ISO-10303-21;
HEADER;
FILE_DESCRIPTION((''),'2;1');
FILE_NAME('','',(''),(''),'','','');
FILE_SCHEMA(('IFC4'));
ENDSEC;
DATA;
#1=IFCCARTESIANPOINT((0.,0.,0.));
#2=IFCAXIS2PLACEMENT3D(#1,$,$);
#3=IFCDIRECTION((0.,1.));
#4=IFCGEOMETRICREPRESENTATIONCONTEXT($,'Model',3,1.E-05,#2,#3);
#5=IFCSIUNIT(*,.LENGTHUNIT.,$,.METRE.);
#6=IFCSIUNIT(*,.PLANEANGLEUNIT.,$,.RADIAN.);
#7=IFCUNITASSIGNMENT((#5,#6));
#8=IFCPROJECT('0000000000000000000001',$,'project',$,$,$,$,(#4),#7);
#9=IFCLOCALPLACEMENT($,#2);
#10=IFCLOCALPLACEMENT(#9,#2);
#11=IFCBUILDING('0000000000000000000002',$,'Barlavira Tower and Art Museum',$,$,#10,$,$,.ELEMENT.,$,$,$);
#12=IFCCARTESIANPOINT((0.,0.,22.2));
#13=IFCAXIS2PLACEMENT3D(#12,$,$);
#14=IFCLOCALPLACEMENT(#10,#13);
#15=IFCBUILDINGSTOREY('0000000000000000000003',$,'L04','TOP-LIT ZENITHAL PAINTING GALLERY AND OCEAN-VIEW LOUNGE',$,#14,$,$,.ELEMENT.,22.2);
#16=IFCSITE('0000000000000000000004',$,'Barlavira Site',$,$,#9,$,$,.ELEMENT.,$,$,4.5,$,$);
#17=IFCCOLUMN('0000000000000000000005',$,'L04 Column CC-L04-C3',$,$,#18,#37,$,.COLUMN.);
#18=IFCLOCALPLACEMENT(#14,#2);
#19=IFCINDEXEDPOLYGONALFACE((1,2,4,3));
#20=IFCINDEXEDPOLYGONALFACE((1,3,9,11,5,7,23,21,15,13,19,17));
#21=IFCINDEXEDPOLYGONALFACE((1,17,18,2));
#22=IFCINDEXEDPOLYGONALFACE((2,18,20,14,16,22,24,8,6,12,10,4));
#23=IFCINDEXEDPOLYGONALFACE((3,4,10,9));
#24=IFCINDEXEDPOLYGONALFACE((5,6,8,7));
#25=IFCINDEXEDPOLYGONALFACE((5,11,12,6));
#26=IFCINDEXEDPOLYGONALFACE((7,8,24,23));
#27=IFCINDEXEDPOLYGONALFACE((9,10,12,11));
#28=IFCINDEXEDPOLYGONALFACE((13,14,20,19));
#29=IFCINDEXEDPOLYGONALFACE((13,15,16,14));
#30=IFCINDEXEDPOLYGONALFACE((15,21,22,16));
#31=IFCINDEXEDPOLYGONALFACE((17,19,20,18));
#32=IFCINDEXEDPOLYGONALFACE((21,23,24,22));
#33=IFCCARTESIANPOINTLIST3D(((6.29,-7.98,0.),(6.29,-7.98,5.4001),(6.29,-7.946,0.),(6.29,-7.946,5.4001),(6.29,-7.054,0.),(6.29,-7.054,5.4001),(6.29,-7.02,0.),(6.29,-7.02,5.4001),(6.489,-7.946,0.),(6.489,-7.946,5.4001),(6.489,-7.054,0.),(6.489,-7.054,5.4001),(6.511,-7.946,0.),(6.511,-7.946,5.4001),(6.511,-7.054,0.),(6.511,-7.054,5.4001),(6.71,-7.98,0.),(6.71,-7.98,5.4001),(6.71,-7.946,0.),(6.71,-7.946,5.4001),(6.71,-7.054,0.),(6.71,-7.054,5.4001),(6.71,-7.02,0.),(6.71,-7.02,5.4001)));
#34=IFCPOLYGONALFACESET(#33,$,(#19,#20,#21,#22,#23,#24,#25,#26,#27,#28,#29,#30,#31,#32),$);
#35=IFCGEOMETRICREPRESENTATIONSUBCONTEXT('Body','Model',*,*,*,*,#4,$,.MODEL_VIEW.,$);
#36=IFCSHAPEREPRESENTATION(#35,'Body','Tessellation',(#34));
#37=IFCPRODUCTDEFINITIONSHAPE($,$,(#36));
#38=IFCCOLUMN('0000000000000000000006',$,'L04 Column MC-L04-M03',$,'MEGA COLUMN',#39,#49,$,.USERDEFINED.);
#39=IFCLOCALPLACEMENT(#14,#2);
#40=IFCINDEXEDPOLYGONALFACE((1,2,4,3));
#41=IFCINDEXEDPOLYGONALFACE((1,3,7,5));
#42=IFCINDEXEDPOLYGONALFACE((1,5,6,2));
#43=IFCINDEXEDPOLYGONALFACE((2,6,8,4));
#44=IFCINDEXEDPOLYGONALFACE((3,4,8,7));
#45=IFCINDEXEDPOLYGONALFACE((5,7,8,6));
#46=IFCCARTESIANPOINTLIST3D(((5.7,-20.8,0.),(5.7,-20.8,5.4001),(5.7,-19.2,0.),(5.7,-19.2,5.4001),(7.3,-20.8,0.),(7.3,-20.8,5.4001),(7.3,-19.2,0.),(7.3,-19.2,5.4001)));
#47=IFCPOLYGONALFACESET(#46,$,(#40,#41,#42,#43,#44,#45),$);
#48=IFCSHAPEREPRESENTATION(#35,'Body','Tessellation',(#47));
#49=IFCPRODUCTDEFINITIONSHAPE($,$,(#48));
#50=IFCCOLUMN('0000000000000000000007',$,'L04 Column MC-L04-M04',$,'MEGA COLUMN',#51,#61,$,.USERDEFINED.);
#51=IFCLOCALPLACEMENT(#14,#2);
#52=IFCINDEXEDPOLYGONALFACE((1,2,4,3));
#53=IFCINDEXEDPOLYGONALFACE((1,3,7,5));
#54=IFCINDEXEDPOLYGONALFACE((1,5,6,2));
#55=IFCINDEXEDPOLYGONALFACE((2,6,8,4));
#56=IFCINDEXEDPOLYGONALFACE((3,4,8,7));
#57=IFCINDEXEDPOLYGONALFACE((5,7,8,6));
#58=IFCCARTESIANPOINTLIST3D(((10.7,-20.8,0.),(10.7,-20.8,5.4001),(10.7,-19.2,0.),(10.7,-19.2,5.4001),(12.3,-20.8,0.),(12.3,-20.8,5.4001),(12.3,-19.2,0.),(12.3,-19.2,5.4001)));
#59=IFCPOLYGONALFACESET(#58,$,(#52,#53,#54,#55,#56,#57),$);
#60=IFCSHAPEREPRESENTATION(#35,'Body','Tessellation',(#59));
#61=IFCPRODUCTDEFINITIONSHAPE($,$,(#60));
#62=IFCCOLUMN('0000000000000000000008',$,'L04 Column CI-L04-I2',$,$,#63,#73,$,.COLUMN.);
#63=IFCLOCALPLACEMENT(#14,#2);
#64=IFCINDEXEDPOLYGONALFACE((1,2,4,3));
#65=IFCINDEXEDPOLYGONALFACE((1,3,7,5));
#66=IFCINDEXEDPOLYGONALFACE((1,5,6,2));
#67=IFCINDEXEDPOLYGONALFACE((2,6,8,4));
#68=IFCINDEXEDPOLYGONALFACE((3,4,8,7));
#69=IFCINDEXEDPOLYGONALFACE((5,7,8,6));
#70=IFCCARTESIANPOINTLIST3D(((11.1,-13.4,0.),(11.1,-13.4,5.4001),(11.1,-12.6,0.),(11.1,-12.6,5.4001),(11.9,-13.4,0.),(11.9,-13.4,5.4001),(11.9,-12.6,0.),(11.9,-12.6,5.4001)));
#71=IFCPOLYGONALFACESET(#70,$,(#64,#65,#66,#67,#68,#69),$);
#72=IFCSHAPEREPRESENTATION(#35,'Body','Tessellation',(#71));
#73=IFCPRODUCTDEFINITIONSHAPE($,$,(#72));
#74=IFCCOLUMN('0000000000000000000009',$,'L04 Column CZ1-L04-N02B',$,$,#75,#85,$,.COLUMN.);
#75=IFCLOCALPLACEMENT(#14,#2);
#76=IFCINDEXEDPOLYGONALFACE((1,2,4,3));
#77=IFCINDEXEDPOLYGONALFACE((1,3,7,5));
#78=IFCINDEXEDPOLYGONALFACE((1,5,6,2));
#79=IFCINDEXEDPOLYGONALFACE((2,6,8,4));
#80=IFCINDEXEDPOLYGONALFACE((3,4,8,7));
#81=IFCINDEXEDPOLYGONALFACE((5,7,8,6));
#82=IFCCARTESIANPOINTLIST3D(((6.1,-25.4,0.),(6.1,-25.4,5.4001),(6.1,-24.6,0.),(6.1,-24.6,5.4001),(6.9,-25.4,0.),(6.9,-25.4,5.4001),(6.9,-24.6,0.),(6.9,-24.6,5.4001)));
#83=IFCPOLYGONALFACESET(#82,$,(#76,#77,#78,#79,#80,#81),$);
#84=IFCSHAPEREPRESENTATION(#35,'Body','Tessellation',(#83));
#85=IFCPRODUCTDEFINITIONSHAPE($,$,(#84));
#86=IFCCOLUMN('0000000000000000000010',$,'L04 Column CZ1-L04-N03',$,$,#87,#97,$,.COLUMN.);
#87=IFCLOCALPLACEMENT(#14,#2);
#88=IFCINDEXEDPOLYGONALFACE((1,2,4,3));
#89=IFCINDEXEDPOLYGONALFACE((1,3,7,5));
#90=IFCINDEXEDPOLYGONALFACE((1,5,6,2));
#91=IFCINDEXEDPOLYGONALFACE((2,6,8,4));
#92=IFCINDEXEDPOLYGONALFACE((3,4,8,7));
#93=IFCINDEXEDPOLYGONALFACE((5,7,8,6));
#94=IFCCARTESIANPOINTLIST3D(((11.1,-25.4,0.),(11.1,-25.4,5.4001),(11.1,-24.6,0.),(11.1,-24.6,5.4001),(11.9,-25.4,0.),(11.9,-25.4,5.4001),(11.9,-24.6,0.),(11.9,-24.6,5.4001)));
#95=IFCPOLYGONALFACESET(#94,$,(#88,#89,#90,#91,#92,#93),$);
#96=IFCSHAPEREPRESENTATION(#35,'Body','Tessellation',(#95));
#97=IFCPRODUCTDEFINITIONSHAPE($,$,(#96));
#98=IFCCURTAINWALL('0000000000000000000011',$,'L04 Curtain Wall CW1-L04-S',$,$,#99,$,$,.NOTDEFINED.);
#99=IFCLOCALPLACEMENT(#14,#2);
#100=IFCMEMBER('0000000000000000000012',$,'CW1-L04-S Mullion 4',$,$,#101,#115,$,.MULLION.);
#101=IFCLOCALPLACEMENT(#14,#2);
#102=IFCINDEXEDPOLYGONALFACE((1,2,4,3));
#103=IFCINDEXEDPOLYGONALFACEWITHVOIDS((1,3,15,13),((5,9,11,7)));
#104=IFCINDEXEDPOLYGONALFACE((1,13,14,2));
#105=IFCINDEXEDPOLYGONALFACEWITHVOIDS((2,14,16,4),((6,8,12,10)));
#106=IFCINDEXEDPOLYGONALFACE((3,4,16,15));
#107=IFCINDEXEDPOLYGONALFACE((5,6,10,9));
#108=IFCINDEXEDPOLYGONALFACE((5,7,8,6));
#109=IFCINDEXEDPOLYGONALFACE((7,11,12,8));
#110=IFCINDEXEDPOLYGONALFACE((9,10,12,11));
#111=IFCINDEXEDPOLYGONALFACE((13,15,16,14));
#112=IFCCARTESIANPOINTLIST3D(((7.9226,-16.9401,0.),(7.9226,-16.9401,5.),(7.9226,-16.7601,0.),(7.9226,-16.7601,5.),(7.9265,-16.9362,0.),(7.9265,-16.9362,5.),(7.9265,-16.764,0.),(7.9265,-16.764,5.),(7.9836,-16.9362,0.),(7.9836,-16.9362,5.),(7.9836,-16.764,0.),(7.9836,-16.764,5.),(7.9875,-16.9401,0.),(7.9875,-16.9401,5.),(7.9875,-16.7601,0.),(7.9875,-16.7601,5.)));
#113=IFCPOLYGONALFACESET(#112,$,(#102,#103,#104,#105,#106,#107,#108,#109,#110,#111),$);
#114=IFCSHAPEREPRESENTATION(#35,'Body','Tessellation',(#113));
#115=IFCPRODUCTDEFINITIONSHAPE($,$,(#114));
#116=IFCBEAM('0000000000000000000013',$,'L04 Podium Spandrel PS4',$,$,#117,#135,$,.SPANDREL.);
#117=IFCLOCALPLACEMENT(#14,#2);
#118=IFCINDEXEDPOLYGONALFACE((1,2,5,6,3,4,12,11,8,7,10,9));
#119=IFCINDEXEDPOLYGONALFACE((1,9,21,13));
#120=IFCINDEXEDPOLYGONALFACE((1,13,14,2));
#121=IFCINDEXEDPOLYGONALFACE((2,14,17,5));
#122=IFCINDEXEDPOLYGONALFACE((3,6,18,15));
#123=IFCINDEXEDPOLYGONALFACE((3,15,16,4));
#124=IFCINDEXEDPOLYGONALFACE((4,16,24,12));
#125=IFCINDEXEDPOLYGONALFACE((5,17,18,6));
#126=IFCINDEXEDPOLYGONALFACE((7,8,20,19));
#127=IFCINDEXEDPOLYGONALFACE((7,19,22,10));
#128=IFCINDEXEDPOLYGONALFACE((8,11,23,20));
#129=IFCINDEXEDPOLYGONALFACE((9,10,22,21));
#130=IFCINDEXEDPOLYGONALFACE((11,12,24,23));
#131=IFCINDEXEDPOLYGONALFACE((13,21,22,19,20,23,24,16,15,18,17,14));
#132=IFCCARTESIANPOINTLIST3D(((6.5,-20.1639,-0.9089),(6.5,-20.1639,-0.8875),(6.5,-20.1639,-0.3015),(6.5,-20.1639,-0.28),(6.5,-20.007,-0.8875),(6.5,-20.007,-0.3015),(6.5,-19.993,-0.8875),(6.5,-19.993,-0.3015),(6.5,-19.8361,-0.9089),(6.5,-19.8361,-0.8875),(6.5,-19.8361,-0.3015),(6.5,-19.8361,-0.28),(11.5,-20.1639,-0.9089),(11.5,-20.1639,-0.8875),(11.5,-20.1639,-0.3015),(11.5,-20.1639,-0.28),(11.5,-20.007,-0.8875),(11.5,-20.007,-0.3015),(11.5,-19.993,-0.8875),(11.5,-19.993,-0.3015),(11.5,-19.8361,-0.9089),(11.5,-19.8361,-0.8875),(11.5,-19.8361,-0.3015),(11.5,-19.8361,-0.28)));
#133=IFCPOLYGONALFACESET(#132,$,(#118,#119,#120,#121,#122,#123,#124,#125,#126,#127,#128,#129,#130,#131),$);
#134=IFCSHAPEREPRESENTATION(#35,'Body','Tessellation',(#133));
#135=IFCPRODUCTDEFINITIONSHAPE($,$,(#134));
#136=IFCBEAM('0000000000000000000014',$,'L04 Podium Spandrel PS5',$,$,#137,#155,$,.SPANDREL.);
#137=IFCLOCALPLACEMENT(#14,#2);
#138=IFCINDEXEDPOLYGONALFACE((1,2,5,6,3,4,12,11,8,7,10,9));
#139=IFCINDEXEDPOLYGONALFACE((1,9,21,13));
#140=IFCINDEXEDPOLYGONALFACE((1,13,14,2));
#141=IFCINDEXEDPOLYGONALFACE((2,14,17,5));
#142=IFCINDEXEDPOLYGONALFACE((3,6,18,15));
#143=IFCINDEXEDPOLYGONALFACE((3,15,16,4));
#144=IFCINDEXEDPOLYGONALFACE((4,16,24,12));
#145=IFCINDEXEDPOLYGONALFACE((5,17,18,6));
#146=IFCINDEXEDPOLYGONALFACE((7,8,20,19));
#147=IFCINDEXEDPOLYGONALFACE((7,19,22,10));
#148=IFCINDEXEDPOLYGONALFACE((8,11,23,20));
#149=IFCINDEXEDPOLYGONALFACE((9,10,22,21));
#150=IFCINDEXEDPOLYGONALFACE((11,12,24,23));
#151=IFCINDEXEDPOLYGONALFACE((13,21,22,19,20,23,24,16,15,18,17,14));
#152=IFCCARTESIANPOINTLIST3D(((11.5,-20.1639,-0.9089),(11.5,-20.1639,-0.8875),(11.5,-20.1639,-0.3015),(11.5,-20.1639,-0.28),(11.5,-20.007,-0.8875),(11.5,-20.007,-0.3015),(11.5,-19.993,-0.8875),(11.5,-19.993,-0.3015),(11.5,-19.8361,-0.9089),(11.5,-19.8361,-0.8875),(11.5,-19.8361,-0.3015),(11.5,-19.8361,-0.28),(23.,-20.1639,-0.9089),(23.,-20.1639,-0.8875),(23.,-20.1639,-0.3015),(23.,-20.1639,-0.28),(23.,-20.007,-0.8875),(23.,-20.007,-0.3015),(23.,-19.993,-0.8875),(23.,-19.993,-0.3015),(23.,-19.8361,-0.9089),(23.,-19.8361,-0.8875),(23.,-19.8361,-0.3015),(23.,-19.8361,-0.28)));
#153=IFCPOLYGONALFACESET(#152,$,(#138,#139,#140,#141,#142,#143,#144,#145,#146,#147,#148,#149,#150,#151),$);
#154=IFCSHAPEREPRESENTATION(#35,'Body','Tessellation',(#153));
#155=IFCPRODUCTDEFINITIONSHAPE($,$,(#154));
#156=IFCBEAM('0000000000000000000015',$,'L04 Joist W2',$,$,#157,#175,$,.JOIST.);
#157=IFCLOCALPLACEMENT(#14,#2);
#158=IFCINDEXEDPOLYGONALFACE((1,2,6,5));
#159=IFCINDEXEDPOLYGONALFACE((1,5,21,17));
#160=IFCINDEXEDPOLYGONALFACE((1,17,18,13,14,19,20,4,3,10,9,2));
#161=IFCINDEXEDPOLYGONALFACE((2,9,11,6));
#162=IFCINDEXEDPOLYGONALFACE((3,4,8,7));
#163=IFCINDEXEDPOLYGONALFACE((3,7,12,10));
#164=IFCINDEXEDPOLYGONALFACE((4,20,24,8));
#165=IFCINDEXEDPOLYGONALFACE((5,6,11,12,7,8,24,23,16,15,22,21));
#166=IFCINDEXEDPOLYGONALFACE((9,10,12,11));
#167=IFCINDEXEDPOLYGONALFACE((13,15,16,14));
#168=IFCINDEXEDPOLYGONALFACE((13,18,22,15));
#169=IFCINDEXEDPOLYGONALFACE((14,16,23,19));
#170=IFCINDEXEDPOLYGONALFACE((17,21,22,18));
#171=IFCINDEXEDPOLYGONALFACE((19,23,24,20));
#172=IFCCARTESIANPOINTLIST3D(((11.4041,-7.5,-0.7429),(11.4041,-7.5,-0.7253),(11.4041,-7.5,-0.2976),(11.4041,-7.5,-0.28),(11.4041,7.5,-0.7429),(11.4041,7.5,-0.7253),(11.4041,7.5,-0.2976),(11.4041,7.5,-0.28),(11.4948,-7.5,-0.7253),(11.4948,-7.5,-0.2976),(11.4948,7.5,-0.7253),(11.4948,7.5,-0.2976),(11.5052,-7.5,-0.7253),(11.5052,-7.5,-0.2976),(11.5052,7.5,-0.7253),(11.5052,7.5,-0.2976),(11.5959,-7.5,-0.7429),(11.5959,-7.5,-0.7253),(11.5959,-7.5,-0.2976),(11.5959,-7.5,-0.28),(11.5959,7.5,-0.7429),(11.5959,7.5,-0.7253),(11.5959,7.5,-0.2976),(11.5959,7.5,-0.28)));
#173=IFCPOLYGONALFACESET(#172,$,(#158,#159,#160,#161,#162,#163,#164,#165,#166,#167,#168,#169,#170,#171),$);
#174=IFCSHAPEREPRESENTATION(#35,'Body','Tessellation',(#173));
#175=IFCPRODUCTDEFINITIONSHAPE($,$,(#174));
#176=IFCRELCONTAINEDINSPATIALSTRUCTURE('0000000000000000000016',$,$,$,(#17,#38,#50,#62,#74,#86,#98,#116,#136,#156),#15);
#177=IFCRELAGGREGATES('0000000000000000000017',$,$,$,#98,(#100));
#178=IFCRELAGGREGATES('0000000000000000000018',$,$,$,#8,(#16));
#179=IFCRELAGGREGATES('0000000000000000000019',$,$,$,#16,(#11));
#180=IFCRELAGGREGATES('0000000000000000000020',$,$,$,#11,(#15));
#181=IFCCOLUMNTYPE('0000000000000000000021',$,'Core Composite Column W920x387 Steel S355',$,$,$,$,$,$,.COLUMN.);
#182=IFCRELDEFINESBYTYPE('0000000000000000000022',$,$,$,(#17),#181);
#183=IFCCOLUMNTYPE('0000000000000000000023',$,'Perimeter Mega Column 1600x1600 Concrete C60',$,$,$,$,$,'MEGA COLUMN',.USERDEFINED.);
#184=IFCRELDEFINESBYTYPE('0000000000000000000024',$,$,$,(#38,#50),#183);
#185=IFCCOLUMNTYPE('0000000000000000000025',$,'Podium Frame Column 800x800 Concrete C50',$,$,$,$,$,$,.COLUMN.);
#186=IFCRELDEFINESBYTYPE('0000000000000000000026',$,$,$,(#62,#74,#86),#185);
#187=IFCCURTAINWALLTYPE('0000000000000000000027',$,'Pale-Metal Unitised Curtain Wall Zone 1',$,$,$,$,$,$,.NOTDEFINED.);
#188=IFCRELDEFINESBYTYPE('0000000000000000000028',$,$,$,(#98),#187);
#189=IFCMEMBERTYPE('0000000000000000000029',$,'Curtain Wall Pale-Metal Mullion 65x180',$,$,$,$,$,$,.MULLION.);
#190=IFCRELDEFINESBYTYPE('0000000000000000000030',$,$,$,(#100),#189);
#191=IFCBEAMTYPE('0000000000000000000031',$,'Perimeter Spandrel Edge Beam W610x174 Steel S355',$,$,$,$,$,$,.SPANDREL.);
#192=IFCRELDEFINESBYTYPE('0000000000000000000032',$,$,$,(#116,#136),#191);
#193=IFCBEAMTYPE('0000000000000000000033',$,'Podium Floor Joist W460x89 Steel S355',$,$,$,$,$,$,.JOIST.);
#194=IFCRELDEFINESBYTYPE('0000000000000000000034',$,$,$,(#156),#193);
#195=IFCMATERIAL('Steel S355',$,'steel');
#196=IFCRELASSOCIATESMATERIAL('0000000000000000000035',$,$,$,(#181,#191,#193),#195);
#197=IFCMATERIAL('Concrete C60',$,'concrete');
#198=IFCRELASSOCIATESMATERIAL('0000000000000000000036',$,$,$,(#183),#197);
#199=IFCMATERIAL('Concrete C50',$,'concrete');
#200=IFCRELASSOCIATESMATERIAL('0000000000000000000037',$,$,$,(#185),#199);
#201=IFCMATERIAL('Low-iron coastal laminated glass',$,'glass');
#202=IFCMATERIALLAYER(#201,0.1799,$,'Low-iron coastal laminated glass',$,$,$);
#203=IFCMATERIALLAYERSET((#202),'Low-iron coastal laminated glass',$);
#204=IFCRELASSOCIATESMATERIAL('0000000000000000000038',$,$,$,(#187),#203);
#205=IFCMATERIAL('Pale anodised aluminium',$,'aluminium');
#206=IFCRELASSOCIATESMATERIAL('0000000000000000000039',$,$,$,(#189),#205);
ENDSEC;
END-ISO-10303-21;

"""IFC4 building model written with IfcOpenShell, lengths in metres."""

from ifc_helpers import new_model, si_unit, direction, frame, origin, origin_2d, place, context, subcontext, project, spatial, rectangle, hollow_rectangle, i_section, extrude, material, layer, layer_set, material_profile, profile_set, type_object, element, aggregate, save


model = new_model("IFC4")

# Units and contexts
model_context = context("Model", 3, precision=1e-05, world=origin(), true_north=direction((0.0, 1.0)))
body_context = subcontext(model_context, "Body", "Model", "MODEL_VIEW")
ifc_project = project(units=[si_unit("LENGTHUNIT", "METRE"), si_unit("PLANEANGLEUNIT", "RADIAN")], contexts=[model_context])

# Site, building, storey
site_placement = place(None, origin())
site = spatial("IfcSite", under=ifc_project, at=site_placement, Name="Barlavira Site", CompositionType="ELEMENT", RefElevation=4.5)
building_placement = place(site_placement, origin())
building = spatial("IfcBuilding", under=site, at=building_placement, Name="Barlavira Tower and Art Museum", CompositionType="ELEMENT")
storey_placement = place(building_placement, frame((0.0, 0.0, 22.2)))
storey = spatial("IfcBuildingStorey", under=building, at=storey_placement, Name="L04", Description="TOP-LIT ZENITHAL PAINTING GALLERY AND OCEAN-VIEW LOUNGE", CompositionType="ELEMENT", Elevation=22.2)

# Columns
ifc_material_1 = material(Name="Steel S355", Category="steel")
ifc_material_profile_1 = material_profile(ifc_material_1, i_section(OverallWidth=0.4199, OverallDepth=0.96, WebThickness=0.022, FlangeThickness=0.0339, at=origin_2d()), Name="W920x387.0")
ifc_profile_set_1 = profile_set([ifc_material_profile_1], Name="Steel S355")
column_type_1 = type_object("IfcColumnType", Name="Core Composite Column W920x387 Steel S355", PredefinedType="COLUMN", material=ifc_profile_set_1)
column_placement = place(storey_placement, frame((6.5, -7.5, 0.0), z_axis=(0.0, 0.0, 1.0), x_axis=(1.0, 0.0, 0.0)))
element("IfcColumn", 1, at=column_placement, inside=storey, type_object=column_type_1, Name="L04 Column CC-L04-C3", PredefinedType="COLUMN", context=body_context, shape_type="SweptSolid", body=[
    extrude(i_section(OverallWidth=0.4199, OverallDepth=0.96, WebThickness=0.022, FlangeThickness=0.0339, at=origin_2d()), origin(), (0.0, 0.0, 1.0), 5.4001),
])
ifc_material_2 = material(Name="Concrete C60", Category="concrete")
ifc_material_profile_2 = material_profile(ifc_material_2, rectangle(XDim=1.6001, YDim=1.6001, at=origin_2d()), Name="RC-MCOL 1600x1600")
ifc_profile_set_2 = profile_set([ifc_material_profile_2], Name="Concrete C60")
column_type_2 = type_object("IfcColumnType", Name="Perimeter Mega Column 1600x1600 Concrete C60", ElementType="MEGA COLUMN", PredefinedType="USERDEFINED", material=ifc_profile_set_2)
for number, where, z_axis, x_axis, name in (
    (2, (6.5, -20.0, 0.0), (0.0, 0.0, 1.0), (1.0, 0.0, 0.0), "L04 Column MC-L04-M03"),
    (3, (11.5, -20.0, 0.0), (0.0, 0.0, 1.0), (1.0, 0.0, 0.0), "L04 Column MC-L04-M04"),
):
    element("IfcColumn", number, at=place(storey_placement, frame(where, z_axis=z_axis, x_axis=x_axis)), inside=storey, type_object=column_type_2, Name=name, ObjectType="MEGA COLUMN", PredefinedType="USERDEFINED", context=body_context, shape_type="SweptSolid", body=[
        extrude(rectangle(XDim=1.6001, YDim=1.6001, at=origin_2d()), origin(), (0.0, 0.0, 1.0), 5.4001),
    ])
ifc_material_3 = material(Name="Concrete C50", Category="concrete")
ifc_material_profile_3 = material_profile(ifc_material_3, rectangle(XDim=0.8, YDim=0.8, at=origin_2d()), Name="RC-COL 800x800")
ifc_profile_set_3 = profile_set([ifc_material_profile_3], Name="Concrete C50")
column_type_3 = type_object("IfcColumnType", Name="Podium Frame Column 800x800 Concrete C50", PredefinedType="COLUMN", material=ifc_profile_set_3)
for number, where, z_axis, x_axis, name in (
    (4, (11.5, -13.0, 0.0), (0.0, 0.0, 1.0), (1.0, 0.0, 0.0), "L04 Column CI-L04-I2"),
    (5, (6.5, -25.0, 0.0), (0.0, 0.0, 1.0), (1.0, 0.0, 0.0), "L04 Column CZ1-L04-N02B"),
    (6, (11.5, -25.0, 0.0), (0.0, 0.0, 1.0), (1.0, 0.0, 0.0), "L04 Column CZ1-L04-N03"),
):
    element("IfcColumn", number, at=place(storey_placement, frame(where, z_axis=z_axis, x_axis=x_axis)), inside=storey, type_object=column_type_3, Name=name, PredefinedType="COLUMN", context=body_context, shape_type="SweptSolid", body=[
        extrude(rectangle(XDim=0.8, YDim=0.8, at=origin_2d()), origin(), (0.0, 0.0, 1.0), 5.4001),
    ])

# Curtain wall, member
ifc_material_4 = material(Name="Low-iron coastal laminated glass", Category="glass")
ifc_layer_1 = layer(ifc_material_4, 0.1799, Name="Low-iron coastal laminated glass")
ifc_layer_set_1 = layer_set([ifc_layer_1], Name="Low-iron coastal laminated glass")
curtain_wall_type = type_object("IfcCurtainWallType", Name="Pale-Metal Unitised Curtain Wall Zone 1", PredefinedType="NOTDEFINED", material=ifc_layer_set_1)
curtain_wall_placement = place(storey_placement, origin())
curtain_wall = element("IfcCurtainWall", 7, at=curtain_wall_placement, inside=storey, type_object=curtain_wall_type, Name="L04 Curtain Wall CW1-L04-S", PredefinedType="NOTDEFINED")
ifc_material_5 = material(Name="Pale anodised aluminium", Category="aluminium")
ifc_material_profile_4 = material_profile(ifc_material_5, hollow_rectangle(XDim=0.0649, YDim=0.1799, WallThickness=0.0039, at=origin_2d()), Name="ALU-MULL 65x180x4")
ifc_profile_set_4 = profile_set([ifc_material_profile_4], Name="Pale anodised aluminium")
member_type = type_object("IfcMemberType", Name="Curtain Wall Pale-Metal Mullion 65x180", PredefinedType="MULLION", material=ifc_profile_set_4)
member_placement = place(storey_placement, frame((7.9551, -16.8501, 0.0), z_axis=(0.0, 0.0, 1.0), x_axis=(1.0, 0.0, 0.0)))
member = element("IfcMember", 8, at=member_placement, type_object=member_type, Name="CW1-L04-S Mullion 4", PredefinedType="MULLION", context=body_context, shape_type="SweptSolid", body=[
    extrude(hollow_rectangle(XDim=0.0649, YDim=0.1799, WallThickness=0.0039, at=origin_2d()), origin(), (0.0, 0.0, 1.0), 5.0),
])

# Beams
ifc_material_profile_5 = material_profile(ifc_material_1, i_section(OverallWidth=0.3279, OverallDepth=0.6289, WebThickness=0.0139, FlangeThickness=0.0215, at=origin_2d()), Name="W610x174.0")
ifc_profile_set_5 = profile_set([ifc_material_profile_5], Name="Steel S355")
beam_type_1 = type_object("IfcBeamType", Name="Perimeter Spandrel Edge Beam W610x174 Steel S355", PredefinedType="SPANDREL", material=ifc_profile_set_5)
beam_1_placement = place(storey_placement, frame((6.5, -20.0, -0.5945), z_axis=(1.0, 0.0, 0.0), x_axis=(0.0, 1.0, 0.0)))
element("IfcBeam", 9, at=beam_1_placement, inside=storey, type_object=beam_type_1, Name="L04 Podium Spandrel PS4", PredefinedType="SPANDREL", context=body_context, shape_type="SweptSolid", body=[
    extrude(i_section(OverallWidth=0.3279, OverallDepth=0.6289, WebThickness=0.0139, FlangeThickness=0.0215, at=origin_2d()), origin(), (0.0, 0.0, 1.0), 5.0),
])
beam_2_placement = place(storey_placement, frame((11.5, -20.0, -0.5945), z_axis=(1.0, 0.0, 0.0), x_axis=(0.0, 1.0, 0.0)))
element("IfcBeam", 10, at=beam_2_placement, inside=storey, type_object=beam_type_1, Name="L04 Podium Spandrel PS5", PredefinedType="SPANDREL", context=body_context, shape_type="SweptSolid", body=[
    extrude(i_section(OverallWidth=0.3279, OverallDepth=0.6289, WebThickness=0.0139, FlangeThickness=0.0215, at=origin_2d()), origin(), (0.0, 0.0, 1.0), 11.5),
])
ifc_material_profile_6 = material_profile(ifc_material_1, i_section(OverallWidth=0.1919, OverallDepth=0.4629, WebThickness=0.0105, FlangeThickness=0.0176, at=origin_2d()), Name="W460x89.0")
ifc_profile_set_6 = profile_set([ifc_material_profile_6], Name="Steel S355")
beam_type_2 = type_object("IfcBeamType", Name="Podium Floor Joist W460x89 Steel S355", PredefinedType="JOIST", material=ifc_profile_set_6)
beam_3_placement = place(storey_placement, frame((11.5, -7.5, -0.5115), z_axis=(0.0, 1.0, 0.0), x_axis=(-1.0, 0.0, 0.0)))
element("IfcBeam", 11, at=beam_3_placement, inside=storey, type_object=beam_type_2, Name="L04 Joist W2", PredefinedType="JOIST", context=body_context, shape_type="SweptSolid", body=[
    extrude(i_section(OverallWidth=0.1919, OverallDepth=0.4629, WebThickness=0.0105, FlangeThickness=0.0176, at=origin_2d()), origin(), (0.0, 0.0, 1.0), 15.0),
])

aggregate(curtain_wall, [member])

save(model, "model.ifc")
